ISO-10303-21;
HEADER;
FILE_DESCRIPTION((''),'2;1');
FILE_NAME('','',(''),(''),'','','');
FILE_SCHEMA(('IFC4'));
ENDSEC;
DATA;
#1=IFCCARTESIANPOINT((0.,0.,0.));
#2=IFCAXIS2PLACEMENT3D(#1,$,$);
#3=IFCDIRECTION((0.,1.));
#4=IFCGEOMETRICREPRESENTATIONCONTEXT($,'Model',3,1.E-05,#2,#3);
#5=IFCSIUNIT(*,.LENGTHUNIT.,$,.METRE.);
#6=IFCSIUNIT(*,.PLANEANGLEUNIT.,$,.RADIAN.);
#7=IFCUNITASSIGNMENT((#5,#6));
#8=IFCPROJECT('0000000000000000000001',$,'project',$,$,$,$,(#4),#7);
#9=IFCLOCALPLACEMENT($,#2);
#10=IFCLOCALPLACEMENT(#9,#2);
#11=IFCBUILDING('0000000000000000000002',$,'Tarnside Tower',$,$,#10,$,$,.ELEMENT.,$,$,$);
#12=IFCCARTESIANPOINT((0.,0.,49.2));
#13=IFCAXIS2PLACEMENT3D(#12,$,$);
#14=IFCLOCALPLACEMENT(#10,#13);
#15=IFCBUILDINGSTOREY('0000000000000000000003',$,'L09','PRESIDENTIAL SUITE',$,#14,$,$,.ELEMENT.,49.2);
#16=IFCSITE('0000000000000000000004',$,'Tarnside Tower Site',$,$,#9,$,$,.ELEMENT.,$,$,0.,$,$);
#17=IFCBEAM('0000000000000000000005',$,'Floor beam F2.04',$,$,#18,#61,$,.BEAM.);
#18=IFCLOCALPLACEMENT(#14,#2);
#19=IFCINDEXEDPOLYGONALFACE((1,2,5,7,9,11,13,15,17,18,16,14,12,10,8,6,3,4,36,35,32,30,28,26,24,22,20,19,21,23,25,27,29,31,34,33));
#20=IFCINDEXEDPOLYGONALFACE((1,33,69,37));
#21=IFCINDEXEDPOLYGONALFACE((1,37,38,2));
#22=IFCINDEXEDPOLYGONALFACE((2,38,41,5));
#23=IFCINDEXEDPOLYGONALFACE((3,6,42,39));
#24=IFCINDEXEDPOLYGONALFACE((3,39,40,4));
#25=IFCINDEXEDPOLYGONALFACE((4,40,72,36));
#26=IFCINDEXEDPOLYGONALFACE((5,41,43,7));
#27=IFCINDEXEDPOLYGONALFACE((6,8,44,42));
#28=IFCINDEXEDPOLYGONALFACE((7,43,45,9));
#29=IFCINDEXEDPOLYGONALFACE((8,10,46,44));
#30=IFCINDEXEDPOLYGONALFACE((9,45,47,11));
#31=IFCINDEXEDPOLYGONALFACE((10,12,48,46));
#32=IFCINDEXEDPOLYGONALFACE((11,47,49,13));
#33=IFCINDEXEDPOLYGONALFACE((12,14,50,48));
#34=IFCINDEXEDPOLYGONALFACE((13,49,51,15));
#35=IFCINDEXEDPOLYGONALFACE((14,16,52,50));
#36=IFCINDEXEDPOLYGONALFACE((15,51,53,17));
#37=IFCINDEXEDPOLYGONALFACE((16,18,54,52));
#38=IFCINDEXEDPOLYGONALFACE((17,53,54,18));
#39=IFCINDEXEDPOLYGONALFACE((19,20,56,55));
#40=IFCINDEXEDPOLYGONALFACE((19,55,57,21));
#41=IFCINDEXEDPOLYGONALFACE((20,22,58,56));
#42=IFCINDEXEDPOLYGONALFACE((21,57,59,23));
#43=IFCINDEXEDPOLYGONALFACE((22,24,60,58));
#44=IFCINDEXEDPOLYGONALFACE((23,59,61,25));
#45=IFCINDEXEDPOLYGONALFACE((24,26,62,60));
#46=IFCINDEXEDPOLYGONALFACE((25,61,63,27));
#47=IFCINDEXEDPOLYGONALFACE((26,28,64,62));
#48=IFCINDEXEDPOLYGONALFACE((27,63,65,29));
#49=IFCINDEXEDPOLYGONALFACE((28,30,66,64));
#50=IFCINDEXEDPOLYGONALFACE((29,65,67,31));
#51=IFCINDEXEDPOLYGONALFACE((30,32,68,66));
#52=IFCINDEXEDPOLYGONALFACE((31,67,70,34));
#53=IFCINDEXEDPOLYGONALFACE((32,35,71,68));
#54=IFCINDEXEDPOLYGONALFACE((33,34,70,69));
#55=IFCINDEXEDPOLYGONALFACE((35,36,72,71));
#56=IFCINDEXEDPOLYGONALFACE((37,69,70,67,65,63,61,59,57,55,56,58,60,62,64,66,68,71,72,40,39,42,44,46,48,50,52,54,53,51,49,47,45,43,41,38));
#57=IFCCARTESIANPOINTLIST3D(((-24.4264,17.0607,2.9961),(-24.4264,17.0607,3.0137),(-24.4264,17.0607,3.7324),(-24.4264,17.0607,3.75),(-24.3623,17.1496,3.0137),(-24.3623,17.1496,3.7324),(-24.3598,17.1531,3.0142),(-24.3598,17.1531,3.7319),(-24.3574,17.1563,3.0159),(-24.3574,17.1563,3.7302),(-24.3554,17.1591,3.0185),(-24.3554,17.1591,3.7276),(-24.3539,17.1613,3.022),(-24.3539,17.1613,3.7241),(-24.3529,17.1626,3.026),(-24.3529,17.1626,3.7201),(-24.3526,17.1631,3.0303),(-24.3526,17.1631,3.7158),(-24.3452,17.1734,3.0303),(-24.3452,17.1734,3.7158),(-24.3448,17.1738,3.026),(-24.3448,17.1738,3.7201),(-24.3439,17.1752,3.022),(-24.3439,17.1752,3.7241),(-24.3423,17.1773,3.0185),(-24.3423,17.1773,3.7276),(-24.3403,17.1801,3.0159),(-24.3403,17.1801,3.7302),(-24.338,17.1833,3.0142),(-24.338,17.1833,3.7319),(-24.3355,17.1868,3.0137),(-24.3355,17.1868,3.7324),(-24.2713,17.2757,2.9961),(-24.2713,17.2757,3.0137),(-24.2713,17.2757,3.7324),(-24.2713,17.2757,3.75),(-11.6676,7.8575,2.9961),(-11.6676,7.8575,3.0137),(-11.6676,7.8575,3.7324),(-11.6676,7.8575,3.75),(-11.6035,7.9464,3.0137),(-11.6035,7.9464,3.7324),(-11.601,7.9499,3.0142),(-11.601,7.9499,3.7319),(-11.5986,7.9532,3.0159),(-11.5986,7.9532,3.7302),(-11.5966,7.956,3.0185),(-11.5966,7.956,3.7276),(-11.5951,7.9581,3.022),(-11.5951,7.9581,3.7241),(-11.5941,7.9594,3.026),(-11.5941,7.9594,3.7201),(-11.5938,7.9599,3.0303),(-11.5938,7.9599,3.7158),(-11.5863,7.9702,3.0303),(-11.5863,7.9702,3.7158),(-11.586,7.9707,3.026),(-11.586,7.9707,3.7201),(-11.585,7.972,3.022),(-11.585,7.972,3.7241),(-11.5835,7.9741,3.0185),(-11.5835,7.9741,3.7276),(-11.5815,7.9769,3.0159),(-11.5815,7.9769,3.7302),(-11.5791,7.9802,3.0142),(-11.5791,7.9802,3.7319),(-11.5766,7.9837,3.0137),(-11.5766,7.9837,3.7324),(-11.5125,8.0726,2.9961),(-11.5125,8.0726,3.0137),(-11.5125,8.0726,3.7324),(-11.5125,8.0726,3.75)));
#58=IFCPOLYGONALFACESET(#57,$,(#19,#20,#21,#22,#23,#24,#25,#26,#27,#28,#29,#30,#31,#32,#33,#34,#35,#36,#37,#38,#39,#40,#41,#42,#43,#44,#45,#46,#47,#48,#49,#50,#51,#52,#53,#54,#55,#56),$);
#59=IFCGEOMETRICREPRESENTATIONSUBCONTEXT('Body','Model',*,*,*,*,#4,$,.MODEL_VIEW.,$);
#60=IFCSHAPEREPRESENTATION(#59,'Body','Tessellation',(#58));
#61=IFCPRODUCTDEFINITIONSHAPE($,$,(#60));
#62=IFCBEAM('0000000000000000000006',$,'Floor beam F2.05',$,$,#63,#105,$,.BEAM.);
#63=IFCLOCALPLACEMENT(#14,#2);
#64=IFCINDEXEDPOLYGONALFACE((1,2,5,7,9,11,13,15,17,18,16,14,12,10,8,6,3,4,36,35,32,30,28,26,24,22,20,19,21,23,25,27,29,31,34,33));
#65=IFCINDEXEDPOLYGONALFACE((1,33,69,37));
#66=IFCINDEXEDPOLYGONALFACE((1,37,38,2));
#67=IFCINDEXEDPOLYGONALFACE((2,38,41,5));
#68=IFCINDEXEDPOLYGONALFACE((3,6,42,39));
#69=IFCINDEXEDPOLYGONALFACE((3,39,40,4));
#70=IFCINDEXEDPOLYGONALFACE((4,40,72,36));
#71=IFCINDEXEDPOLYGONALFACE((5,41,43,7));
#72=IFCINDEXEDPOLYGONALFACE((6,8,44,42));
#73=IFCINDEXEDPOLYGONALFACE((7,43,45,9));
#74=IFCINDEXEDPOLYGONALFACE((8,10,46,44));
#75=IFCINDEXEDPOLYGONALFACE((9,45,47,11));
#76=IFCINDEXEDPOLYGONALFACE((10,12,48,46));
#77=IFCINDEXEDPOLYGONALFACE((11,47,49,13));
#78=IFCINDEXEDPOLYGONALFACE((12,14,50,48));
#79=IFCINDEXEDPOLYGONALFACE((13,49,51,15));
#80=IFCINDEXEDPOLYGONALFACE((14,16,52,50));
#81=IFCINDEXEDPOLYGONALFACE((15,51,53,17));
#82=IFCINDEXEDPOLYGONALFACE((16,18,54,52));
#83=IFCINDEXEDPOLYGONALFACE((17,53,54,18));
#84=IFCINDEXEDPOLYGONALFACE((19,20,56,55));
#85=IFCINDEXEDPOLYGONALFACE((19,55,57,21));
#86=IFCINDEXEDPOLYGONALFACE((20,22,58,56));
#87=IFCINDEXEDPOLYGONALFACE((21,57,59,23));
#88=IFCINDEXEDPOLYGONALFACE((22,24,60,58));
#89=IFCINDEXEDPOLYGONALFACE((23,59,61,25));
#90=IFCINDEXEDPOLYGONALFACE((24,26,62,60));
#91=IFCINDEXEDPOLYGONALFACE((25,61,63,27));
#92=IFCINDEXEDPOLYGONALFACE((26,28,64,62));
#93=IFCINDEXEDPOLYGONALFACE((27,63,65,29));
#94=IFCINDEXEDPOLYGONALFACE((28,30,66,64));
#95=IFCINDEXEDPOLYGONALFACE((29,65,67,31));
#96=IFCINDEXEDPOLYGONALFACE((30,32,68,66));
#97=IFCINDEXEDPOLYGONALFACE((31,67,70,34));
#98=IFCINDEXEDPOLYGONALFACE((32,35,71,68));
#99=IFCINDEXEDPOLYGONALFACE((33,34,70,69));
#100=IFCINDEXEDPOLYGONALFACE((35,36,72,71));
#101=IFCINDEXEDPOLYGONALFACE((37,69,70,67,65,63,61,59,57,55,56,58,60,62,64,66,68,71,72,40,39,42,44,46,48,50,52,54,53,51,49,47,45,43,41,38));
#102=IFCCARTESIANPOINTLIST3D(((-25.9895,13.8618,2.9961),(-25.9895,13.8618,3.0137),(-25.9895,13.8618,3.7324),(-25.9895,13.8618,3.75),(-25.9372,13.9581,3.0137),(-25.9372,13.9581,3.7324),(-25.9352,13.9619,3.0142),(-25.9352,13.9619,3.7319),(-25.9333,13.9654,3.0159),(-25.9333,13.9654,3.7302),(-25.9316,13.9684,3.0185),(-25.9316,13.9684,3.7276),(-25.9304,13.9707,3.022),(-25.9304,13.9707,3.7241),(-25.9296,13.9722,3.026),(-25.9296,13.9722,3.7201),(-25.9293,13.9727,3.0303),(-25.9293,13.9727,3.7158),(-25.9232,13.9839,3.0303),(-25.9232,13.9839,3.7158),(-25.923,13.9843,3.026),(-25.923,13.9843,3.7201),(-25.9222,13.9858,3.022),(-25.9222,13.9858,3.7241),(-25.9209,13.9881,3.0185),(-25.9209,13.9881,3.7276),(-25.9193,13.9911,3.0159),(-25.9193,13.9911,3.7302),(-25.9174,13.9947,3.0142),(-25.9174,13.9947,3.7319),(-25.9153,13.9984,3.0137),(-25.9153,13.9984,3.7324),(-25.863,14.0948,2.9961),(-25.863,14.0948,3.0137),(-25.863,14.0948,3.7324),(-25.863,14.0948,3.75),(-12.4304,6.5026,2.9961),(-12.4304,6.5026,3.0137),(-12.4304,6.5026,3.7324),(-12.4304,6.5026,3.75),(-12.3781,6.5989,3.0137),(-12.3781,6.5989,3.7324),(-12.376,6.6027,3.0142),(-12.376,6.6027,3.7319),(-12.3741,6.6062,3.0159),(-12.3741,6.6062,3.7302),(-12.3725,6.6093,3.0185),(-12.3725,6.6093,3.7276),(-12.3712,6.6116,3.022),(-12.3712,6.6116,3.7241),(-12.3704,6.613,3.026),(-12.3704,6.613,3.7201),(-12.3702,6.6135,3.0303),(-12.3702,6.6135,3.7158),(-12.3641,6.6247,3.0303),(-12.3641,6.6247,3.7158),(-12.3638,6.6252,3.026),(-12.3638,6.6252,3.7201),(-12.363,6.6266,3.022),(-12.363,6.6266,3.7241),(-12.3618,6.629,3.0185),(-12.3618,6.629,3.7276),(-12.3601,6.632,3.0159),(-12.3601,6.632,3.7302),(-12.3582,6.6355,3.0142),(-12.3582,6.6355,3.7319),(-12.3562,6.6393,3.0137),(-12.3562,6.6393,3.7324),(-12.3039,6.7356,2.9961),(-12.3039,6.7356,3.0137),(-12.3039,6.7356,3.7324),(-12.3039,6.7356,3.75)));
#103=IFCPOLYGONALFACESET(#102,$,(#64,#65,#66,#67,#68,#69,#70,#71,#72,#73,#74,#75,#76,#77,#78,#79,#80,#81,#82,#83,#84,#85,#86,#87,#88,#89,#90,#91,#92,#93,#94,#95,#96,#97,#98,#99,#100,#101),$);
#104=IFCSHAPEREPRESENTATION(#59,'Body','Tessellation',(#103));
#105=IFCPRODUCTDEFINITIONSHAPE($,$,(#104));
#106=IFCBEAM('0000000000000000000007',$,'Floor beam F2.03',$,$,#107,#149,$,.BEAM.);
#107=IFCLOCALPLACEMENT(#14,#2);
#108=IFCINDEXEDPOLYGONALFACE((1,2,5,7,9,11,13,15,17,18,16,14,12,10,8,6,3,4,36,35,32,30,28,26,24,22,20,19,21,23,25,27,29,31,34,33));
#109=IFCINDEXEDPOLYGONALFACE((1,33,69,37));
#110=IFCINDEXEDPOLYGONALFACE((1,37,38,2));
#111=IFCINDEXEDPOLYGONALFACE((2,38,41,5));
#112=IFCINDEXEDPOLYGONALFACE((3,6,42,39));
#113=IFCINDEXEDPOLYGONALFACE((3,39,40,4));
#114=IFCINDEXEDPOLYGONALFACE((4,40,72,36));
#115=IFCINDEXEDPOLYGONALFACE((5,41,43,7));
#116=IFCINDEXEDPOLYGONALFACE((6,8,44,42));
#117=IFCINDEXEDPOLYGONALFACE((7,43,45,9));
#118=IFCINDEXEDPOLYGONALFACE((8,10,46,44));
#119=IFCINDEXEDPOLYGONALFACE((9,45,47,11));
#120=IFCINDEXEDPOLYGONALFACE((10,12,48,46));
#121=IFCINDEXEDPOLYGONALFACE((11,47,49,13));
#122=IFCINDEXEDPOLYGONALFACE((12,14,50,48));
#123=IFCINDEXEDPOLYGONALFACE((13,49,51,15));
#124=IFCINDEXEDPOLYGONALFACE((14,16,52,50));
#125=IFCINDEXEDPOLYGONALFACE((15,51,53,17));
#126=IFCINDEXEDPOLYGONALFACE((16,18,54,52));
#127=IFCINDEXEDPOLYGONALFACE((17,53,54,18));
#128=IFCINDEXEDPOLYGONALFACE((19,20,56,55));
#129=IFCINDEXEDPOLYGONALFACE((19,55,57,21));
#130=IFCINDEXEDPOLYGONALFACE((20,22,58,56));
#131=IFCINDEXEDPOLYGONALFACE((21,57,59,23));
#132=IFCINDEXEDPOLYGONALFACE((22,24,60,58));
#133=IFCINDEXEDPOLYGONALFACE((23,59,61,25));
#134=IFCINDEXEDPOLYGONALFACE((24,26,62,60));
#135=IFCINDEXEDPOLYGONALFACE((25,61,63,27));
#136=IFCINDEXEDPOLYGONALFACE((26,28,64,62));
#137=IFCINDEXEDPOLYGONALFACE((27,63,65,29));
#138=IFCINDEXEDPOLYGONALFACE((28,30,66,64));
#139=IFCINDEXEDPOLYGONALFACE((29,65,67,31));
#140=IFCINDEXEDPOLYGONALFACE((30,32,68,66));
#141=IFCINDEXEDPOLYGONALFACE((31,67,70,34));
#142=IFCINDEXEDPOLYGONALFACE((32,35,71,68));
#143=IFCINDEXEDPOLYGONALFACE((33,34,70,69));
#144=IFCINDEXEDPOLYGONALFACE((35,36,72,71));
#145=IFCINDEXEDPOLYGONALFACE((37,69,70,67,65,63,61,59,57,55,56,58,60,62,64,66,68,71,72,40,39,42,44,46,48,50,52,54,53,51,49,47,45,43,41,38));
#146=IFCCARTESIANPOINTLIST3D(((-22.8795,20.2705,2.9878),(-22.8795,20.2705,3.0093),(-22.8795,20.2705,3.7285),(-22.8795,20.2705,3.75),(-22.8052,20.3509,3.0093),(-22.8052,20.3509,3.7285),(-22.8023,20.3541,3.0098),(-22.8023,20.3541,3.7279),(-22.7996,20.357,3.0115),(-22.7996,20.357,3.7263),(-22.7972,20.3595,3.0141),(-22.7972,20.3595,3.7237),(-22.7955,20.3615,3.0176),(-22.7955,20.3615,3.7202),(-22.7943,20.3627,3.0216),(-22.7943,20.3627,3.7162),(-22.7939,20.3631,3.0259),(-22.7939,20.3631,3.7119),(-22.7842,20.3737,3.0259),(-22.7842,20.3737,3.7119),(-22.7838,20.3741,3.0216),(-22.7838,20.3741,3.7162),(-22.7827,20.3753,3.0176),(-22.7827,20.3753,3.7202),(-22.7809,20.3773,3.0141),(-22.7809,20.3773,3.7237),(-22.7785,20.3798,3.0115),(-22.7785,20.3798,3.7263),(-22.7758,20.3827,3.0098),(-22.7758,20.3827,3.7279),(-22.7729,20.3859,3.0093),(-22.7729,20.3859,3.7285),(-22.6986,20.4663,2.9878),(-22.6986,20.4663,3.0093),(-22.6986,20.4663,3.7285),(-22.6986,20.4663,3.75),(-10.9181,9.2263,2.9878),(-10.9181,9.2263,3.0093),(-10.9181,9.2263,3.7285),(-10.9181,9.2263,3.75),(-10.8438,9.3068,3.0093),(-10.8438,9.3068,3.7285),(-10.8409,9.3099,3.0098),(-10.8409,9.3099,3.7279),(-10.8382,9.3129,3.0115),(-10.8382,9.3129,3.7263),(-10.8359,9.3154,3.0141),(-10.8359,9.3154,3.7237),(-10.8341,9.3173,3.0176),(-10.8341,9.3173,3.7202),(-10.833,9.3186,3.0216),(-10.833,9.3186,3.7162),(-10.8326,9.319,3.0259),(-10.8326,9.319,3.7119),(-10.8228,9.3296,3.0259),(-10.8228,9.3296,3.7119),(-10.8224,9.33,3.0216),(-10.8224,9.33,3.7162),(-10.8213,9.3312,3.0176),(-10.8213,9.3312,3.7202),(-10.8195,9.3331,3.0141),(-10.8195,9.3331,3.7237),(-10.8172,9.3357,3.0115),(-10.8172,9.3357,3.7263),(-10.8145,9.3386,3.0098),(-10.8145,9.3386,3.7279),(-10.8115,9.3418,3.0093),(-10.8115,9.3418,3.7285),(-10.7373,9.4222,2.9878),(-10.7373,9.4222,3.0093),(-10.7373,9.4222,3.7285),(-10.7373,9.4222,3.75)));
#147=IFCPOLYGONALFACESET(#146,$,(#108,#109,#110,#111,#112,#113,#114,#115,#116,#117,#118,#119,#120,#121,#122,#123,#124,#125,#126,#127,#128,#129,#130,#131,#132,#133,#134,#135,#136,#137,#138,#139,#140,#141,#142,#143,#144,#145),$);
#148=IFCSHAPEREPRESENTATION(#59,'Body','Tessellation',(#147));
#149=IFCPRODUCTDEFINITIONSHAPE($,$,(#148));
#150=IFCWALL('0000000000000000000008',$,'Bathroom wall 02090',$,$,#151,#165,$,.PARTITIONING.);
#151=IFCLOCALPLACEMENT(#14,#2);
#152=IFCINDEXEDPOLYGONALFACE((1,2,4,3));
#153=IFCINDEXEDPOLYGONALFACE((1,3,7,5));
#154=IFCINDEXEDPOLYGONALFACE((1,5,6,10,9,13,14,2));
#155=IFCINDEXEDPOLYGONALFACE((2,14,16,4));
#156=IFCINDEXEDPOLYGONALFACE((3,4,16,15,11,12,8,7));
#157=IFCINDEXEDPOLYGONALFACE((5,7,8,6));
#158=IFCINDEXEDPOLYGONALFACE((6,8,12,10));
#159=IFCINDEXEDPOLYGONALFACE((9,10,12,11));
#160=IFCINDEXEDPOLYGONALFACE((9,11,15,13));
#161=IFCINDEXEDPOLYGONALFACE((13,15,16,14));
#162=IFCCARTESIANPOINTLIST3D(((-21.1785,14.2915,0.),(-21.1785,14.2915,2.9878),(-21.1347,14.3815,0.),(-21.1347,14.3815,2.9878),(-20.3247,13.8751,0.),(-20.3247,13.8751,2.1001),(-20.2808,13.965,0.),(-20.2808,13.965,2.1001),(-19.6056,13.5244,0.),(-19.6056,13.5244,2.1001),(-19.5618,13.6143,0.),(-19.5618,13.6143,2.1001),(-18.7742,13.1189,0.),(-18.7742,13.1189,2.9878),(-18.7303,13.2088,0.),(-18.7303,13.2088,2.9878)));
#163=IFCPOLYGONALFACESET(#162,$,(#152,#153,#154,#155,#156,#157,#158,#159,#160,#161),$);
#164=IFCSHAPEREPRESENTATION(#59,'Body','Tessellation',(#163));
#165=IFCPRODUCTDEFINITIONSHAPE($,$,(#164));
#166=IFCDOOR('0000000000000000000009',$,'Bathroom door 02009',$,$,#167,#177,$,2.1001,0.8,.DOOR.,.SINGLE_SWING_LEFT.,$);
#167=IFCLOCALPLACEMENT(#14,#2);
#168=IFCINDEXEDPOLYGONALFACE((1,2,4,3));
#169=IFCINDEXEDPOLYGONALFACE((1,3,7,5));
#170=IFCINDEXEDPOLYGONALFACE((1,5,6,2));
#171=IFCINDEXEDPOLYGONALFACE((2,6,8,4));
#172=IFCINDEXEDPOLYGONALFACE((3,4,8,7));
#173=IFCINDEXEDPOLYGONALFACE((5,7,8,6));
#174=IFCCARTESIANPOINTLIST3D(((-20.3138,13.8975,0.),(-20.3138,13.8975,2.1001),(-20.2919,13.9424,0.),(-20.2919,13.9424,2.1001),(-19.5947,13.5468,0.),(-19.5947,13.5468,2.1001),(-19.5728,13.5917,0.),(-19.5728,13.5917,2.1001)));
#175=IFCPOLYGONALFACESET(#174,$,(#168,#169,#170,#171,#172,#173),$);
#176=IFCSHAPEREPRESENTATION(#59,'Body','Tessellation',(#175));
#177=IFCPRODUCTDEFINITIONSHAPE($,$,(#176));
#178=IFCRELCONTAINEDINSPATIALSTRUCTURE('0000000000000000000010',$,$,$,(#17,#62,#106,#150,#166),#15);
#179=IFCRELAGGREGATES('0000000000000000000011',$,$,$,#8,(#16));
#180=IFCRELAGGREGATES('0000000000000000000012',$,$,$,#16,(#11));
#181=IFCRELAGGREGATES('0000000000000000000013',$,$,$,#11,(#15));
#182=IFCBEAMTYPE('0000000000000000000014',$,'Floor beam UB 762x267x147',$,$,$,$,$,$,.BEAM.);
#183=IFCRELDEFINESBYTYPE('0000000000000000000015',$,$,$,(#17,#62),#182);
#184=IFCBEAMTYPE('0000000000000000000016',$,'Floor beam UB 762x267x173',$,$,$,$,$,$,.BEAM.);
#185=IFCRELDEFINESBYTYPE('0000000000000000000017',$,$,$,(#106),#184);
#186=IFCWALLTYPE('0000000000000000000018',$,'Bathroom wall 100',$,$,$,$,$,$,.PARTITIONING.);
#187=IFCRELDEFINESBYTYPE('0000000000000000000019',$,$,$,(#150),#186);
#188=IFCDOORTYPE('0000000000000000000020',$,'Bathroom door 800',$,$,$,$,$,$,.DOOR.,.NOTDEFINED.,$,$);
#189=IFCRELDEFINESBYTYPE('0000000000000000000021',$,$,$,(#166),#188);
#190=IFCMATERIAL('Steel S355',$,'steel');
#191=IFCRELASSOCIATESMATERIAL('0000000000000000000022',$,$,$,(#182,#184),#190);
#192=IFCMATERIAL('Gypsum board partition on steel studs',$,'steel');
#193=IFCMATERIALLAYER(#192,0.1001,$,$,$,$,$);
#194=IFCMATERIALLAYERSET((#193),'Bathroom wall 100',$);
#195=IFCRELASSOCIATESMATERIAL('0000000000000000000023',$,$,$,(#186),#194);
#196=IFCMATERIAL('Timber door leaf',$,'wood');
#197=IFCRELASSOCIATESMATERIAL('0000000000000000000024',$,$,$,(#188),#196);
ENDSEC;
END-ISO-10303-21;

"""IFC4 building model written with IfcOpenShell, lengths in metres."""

from ifc_helpers import new_model, si_unit, direction, frame, frame_2d, origin, origin_2d, place, context, subcontext, project, spatial, rectangle, i_section, extrude, material, layer, layer_set, material_profile, profile_set, type_object, element, fill, save


model = new_model("IFC4")

# Units and contexts
model_context = context("Model", 3, precision=1e-05, world=origin(), true_north=direction((0.0, 1.0)))
body_context = subcontext(model_context, "Body", "Model", "MODEL_VIEW")
ifc_project = project(units=[si_unit("LENGTHUNIT", "METRE"), si_unit("PLANEANGLEUNIT", "RADIAN")], contexts=[model_context])

# Site, building, storey
site_placement = place(None, origin())
site = spatial("IfcSite", under=ifc_project, at=site_placement, Name="Tarnside Tower Site", CompositionType="ELEMENT", RefElevation=0.0)
building_placement = place(site_placement, origin())
building = spatial("IfcBuilding", under=site, at=building_placement, Name="Tarnside Tower", CompositionType="ELEMENT")
storey_placement = place(building_placement, frame((0.0, 0.0, 49.2)))
storey = spatial("IfcBuildingStorey", under=building, at=storey_placement, Name="L09", Description="PRESIDENTIAL SUITE", CompositionType="ELEMENT", Elevation=49.2)

# Beams
ifc_material_1 = material(Name="Steel S355", Category="steel")
ifc_material_profile_1 = material_profile(ifc_material_1, i_section(OverallWidth=0.2651, OverallDepth=0.7539, WebThickness=0.0127, FlangeThickness=0.0176, FilletRadius=0.0166, at=origin_2d()), Name="UB 762x267x147")
ifc_profile_set_1 = profile_set([ifc_material_profile_1], Name="Steel S355")
beam_type_1 = type_object("IfcBeamType", Name="Floor beam UB 762x267x147", PredefinedType="BEAM", material=ifc_profile_set_1)
beam_1_placement = place(storey_placement, frame((-24.3489, 17.1682, 3.373), z_axis=(0.811028, -0.585008, 0.0), x_axis=(0.585008, 0.811028, 0.0)))
element("IfcBeam", 1, at=beam_1_placement, inside=storey, type_object=beam_type_1, Name="Floor beam F2.04", PredefinedType="BEAM", context=body_context, shape_type="SweptSolid", body=[
    extrude(i_section(OverallWidth=0.2651, OverallDepth=0.7539, WebThickness=0.0127, FlangeThickness=0.0176, FilletRadius=0.0166, at=origin_2d()), origin(), (0.0, 0.0, 1.0), 15.7317),
])
beam_2_placement = place(storey_placement, frame((-25.9263, 13.9783, 3.373), z_axis=(0.878895, -0.477016, 0.0), x_axis=(0.477016, 0.878895, 0.0)))
element("IfcBeam", 2, at=beam_2_placement, inside=storey, type_object=beam_type_1, Name="Floor beam F2.05", PredefinedType="BEAM", context=body_context, shape_type="SweptSolid", body=[
    extrude(i_section(OverallWidth=0.2651, OverallDepth=0.7539, WebThickness=0.0127, FlangeThickness=0.0176, FilletRadius=0.0166, at=origin_2d()), origin(), (0.0, 0.0, 1.0), 15.4275),
])
ifc_material_profile_2 = material_profile(ifc_material_1, i_section(OverallWidth=0.2666, OverallDepth=0.7622, WebThickness=0.0144, FlangeThickness=0.0215, FilletRadius=0.0166, at=origin_2d()), Name="UB 762x267x173")
ifc_profile_set_2 = profile_set([ifc_material_profile_2], Name="Steel S355")
beam_type_2 = type_object("IfcBeamType", Name="Floor beam UB 762x267x173", PredefinedType="BEAM", material=ifc_profile_set_2)
beam_3_placement = place(storey_placement, frame((-22.7891, 20.3684, 3.3689), z_axis=(0.734715, -0.678375, 0.0), x_axis=(0.678375, 0.734715, 0.0)))
element("IfcBeam", 3, at=beam_3_placement, inside=storey, type_object=beam_type_2, Name="Floor beam F2.03", PredefinedType="BEAM", context=body_context, shape_type="SweptSolid", body=[
    extrude(i_section(OverallWidth=0.2666, OverallDepth=0.7622, WebThickness=0.0144, FlangeThickness=0.0215, FilletRadius=0.0166, at=origin_2d()), origin(), (0.0, 0.0, 1.0), 16.2803),
])

# Wall, opening, door
ifc_material_2 = material(Name="Gypsum board partition on steel studs", Category="steel")
ifc_layer_1 = layer(ifc_material_2, 0.1001)
ifc_layer_set_1 = layer_set([ifc_layer_1], Name="Bathroom wall 100")
wall_type_1 = type_object("IfcWallType", Name="Bathroom wall 100", PredefinedType="PARTITIONING", material=ifc_layer_set_1)
wall_1_placement = place(storey_placement, frame((-21.1565, 14.3364, 0.0), z_axis=(0.0, 0.0, 1.0), x_axis=(0.898801, -0.438357, 0.0)))
wall_1 = element("IfcWall", 4, at=wall_1_placement, inside=storey, type_object=wall_type_1, Name="Bathroom wall 02090", PredefinedType="PARTITIONING", context=body_context, shape_type="SweptSolid", body=[
    extrude(rectangle(XDim=2.675, YDim=0.1001, at=frame_2d((1.3374, 0.0))), origin(), (0.0, 0.0, 1.0), 2.9878),
])
opening_1_placement = place(wall_1_placement, frame((0.95, 0.0, 0.0)))
opening_1 = element("IfcOpeningElement", 5, at=opening_1_placement, cuts=wall_1, PredefinedType="OPENING", context=body_context, shape_type="SweptSolid", body=[
    extrude(rectangle(XDim=0.8, YDim=2.1001, at=frame_2d((0.3999, 1.05))), frame((0.0, 0.0601, 0.0), z_axis=(0.0, -1.0, 0.0), x_axis=(1.0, 0.0, 0.0)), (0.0, 0.0, 1.0), 0.1201),
])
ifc_material_3 = material(Name="Timber door leaf", Category="wood")
door_type_1 = type_object("IfcDoorType", Name="Bathroom door 800", OperationType="NOTDEFINED", PredefinedType="DOOR", material=ifc_material_3)
door_1_placement = place(opening_1_placement, origin())
door_1 = element("IfcDoor", 6, at=door_1_placement, inside=storey, type_object=door_type_1, Name="Bathroom door 02009", OperationType="SINGLE_SWING_LEFT", OverallHeight=2.1001, OverallWidth=0.8, PredefinedType="DOOR", context=body_context, shape_type="SweptSolid", body=[
    extrude(rectangle(XDim=0.8, YDim=2.1001, at=frame_2d((0.3999, 1.05))), frame((0.0, 0.0249, 0.0), z_axis=(0.0, -1.0, 0.0), x_axis=(1.0, 0.0, 0.0)), (0.0, 0.0, 1.0), 0.05),
])
fill(opening_1, door_1)

save(model, "model.ifc")
